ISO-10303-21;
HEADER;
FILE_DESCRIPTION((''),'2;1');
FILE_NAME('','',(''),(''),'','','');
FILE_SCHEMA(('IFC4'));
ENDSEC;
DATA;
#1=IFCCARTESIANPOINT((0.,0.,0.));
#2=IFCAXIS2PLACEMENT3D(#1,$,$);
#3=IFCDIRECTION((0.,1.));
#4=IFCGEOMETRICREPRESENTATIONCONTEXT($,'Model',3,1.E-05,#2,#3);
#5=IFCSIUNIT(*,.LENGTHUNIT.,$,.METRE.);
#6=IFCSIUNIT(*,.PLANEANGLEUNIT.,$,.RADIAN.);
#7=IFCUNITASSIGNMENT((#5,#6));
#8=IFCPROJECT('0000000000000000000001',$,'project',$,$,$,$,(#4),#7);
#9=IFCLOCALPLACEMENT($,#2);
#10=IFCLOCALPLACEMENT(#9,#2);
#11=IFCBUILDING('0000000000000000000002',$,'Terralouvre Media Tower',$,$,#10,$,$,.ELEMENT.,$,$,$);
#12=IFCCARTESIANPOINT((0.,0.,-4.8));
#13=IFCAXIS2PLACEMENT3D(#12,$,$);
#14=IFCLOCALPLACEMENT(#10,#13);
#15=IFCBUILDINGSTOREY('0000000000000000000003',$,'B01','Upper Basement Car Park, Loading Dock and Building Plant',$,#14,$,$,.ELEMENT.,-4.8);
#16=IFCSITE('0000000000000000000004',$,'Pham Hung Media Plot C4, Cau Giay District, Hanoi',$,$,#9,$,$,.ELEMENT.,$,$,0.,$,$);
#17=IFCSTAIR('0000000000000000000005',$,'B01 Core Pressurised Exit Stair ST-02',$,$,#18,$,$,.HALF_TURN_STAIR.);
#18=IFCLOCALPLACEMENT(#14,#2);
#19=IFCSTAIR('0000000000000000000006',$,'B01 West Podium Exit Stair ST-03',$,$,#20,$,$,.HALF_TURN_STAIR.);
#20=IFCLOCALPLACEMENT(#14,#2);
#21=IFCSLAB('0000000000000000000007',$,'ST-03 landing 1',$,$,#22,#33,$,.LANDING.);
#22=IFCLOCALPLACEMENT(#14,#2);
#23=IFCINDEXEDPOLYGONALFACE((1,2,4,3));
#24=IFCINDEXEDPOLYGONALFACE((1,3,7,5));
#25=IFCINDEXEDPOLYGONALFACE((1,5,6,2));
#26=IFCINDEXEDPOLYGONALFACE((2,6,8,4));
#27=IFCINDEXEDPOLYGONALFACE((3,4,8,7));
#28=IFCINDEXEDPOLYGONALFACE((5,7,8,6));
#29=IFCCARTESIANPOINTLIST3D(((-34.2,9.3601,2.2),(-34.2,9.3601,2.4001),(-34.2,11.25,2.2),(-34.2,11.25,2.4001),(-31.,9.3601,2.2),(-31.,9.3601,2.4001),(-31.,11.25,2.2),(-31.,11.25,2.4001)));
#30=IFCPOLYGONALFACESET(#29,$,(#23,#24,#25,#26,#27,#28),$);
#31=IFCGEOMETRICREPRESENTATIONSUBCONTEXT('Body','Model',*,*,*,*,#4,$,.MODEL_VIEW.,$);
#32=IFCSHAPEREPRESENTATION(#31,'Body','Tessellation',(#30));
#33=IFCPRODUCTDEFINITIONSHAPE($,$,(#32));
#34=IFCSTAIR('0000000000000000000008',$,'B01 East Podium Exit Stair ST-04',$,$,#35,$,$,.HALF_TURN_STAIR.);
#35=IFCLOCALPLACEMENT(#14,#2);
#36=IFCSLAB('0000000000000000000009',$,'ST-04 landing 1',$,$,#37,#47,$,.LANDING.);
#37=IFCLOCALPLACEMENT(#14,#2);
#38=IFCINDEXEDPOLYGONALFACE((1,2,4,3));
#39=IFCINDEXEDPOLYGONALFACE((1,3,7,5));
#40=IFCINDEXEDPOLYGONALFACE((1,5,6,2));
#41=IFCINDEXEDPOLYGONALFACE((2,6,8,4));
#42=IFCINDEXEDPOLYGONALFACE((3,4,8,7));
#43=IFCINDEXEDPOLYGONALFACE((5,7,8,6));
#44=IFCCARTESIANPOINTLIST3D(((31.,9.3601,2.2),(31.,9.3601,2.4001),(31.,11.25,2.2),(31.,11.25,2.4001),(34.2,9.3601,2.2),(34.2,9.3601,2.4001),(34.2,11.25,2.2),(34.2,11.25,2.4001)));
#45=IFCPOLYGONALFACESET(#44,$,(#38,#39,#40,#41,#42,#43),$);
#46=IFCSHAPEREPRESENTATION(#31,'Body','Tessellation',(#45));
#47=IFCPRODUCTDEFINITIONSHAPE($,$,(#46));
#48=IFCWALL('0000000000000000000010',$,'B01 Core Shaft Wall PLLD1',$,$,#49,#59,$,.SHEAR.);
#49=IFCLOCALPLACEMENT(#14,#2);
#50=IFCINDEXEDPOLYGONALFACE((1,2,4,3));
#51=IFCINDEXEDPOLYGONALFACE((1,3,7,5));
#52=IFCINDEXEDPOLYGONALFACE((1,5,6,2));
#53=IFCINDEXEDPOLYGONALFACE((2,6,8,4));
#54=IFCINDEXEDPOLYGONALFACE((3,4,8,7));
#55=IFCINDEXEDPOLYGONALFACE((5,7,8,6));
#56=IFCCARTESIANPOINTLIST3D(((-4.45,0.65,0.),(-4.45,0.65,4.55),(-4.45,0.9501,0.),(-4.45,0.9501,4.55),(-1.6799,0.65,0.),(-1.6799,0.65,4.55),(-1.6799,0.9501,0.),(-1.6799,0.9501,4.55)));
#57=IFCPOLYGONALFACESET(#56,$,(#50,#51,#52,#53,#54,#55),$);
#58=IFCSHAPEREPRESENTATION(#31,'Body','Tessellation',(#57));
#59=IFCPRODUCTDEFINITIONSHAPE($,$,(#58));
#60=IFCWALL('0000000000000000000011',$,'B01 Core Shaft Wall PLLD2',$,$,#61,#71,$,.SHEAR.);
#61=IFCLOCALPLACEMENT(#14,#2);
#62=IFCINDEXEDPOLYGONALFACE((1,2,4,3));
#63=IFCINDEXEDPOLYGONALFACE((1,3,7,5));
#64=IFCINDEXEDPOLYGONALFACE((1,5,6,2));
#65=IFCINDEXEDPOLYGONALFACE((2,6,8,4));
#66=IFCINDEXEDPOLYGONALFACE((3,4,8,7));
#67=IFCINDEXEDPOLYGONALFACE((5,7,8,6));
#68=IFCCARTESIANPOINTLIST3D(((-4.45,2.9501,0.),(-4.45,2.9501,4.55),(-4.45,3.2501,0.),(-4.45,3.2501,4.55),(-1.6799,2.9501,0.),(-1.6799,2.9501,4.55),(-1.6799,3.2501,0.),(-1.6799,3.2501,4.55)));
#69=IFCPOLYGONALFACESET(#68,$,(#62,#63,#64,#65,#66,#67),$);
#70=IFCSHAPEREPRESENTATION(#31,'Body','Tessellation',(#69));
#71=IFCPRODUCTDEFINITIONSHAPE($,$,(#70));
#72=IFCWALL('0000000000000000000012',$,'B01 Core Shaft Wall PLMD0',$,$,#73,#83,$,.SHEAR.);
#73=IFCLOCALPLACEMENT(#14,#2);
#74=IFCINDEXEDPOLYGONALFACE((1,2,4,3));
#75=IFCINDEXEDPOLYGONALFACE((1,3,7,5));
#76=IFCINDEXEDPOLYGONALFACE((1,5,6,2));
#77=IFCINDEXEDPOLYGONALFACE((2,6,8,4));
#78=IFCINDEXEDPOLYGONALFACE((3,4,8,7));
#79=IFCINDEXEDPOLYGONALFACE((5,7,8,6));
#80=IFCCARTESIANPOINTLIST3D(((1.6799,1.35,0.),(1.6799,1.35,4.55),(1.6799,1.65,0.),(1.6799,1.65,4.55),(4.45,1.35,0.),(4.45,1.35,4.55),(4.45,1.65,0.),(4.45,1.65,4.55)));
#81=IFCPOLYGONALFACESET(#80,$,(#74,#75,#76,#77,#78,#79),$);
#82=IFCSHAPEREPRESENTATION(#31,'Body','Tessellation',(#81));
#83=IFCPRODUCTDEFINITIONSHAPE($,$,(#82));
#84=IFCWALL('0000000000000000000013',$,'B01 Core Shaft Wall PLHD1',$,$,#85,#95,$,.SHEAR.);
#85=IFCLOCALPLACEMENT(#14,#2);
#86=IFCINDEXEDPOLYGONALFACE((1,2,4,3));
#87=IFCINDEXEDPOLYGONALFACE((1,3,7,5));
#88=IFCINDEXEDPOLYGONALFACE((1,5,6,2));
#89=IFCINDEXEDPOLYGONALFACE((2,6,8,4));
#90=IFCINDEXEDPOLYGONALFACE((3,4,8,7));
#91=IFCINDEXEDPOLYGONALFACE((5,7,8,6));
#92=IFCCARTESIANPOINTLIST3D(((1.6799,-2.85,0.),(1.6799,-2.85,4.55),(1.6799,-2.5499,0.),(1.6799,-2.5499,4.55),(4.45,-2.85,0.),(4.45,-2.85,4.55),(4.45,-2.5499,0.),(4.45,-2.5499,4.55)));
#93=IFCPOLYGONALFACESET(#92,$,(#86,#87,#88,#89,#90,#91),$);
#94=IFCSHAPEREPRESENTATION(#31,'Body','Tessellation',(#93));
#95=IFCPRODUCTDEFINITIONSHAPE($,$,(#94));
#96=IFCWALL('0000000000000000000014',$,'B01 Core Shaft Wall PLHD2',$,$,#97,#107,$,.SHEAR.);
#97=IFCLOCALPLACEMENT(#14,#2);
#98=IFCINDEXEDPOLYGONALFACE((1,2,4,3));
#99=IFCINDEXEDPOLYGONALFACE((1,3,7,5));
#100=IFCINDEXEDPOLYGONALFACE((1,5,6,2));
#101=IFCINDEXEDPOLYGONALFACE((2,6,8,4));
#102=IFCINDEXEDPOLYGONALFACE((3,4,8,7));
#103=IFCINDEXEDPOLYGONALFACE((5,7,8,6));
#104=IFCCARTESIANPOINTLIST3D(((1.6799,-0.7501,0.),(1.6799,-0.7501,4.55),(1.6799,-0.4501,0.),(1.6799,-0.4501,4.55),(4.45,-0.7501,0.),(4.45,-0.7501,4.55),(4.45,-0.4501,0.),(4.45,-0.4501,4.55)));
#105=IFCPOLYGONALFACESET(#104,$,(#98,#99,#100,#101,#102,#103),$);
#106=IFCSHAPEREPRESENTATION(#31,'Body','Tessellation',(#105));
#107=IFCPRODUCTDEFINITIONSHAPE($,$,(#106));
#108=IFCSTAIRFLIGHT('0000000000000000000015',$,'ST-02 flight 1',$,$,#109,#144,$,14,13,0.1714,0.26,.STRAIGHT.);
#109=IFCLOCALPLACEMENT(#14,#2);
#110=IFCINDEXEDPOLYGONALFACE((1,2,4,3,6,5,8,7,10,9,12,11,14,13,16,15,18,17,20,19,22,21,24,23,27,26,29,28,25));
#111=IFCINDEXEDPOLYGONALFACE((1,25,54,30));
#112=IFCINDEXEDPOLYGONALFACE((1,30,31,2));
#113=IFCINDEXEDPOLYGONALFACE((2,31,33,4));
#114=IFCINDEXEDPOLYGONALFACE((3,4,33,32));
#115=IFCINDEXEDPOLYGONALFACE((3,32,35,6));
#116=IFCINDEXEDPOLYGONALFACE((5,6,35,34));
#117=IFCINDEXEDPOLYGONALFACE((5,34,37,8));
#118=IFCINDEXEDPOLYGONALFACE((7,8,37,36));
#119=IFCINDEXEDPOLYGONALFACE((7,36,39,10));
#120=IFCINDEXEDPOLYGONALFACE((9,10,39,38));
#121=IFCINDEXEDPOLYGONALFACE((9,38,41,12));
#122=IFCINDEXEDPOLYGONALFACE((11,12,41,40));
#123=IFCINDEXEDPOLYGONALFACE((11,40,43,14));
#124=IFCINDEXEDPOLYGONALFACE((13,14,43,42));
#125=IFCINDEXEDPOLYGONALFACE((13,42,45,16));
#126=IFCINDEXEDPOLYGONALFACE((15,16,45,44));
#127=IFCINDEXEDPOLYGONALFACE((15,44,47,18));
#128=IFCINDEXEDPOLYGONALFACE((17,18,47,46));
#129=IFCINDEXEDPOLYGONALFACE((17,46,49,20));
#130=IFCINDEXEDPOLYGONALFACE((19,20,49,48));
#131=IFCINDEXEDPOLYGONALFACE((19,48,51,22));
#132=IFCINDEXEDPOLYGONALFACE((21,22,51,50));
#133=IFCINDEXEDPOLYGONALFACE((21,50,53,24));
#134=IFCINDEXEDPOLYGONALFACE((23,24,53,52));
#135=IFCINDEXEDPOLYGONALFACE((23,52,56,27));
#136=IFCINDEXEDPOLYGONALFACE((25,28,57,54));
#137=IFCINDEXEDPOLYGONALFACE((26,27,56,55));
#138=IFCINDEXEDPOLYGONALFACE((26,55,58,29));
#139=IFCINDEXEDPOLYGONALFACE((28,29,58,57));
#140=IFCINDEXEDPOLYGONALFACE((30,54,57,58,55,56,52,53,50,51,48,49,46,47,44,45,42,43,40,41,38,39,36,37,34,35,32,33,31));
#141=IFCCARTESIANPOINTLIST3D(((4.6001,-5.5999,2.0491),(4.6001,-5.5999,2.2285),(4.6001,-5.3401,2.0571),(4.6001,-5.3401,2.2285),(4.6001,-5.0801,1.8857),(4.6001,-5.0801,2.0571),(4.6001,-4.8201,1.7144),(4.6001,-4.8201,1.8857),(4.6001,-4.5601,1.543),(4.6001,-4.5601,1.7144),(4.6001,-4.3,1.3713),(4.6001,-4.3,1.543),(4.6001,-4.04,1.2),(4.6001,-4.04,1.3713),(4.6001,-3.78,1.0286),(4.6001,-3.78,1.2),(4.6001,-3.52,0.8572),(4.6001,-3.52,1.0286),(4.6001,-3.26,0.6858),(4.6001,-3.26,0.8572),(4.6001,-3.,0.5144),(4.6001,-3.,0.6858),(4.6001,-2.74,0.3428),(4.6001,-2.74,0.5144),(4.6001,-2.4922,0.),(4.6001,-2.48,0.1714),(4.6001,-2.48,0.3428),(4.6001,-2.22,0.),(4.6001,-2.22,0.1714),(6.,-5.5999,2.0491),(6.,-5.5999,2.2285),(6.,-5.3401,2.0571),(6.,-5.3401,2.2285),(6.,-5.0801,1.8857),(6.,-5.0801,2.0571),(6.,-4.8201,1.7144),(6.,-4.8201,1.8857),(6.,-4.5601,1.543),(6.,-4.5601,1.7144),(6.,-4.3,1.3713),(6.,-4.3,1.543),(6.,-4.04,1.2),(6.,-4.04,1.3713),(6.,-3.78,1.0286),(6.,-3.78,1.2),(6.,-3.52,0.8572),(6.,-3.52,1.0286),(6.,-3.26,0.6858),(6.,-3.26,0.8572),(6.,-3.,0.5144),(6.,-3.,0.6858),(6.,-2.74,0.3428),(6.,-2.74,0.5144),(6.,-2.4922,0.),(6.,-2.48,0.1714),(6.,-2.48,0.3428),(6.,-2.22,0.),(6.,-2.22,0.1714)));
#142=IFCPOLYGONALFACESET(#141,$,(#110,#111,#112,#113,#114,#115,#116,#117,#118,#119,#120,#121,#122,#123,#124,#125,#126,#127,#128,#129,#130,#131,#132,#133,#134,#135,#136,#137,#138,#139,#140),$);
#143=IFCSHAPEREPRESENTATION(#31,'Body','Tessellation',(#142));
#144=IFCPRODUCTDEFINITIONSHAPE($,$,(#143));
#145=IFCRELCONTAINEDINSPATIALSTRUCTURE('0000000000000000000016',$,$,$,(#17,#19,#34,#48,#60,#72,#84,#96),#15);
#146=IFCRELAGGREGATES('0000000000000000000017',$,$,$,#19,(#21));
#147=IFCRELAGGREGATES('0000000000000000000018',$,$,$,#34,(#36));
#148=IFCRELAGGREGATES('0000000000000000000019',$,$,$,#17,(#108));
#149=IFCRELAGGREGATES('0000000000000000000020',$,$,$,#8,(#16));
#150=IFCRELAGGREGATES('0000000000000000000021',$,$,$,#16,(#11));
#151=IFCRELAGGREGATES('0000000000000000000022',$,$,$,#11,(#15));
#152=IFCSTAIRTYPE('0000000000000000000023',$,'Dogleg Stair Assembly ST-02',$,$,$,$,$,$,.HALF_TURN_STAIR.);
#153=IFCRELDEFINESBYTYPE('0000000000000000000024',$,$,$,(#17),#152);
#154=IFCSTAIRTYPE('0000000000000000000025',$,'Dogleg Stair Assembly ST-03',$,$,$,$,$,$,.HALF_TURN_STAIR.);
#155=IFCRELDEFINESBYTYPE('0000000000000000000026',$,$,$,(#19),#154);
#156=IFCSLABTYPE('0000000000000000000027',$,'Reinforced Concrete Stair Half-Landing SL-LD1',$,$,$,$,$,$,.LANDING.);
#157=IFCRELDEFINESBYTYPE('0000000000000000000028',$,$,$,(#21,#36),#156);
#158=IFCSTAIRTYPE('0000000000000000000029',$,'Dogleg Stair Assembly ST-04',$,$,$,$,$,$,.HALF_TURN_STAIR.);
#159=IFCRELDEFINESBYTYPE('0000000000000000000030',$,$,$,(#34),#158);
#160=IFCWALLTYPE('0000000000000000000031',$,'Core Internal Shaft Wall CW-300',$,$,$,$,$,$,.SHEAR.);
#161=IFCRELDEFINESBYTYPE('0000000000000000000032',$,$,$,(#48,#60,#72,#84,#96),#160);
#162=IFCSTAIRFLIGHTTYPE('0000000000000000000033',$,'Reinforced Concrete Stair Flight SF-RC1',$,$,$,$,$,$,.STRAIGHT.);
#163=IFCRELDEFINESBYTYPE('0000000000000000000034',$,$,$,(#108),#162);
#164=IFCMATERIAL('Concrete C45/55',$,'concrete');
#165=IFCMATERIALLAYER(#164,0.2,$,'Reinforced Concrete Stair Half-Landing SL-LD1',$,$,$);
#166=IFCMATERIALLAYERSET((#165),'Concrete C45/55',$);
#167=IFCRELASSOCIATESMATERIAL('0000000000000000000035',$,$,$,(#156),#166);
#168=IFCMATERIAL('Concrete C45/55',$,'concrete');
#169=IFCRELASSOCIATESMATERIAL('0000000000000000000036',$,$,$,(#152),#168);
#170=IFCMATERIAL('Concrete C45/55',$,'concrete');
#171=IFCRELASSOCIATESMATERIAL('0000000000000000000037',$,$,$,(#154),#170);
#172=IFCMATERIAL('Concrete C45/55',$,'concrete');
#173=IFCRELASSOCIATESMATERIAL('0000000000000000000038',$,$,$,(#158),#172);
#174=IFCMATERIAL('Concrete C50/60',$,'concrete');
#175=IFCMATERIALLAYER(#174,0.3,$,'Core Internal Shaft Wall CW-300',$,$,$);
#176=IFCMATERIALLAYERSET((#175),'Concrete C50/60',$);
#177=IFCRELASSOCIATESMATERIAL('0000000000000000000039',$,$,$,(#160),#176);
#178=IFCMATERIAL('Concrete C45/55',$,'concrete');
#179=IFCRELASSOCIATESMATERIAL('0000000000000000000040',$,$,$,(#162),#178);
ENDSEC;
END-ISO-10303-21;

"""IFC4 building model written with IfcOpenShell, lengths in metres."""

from ifc_helpers import new_model, si_unit, direction, frame, frame_2d, origin, place, context, subcontext, project, spatial, polyline, rectangle, outline, extrude, material, layer, layer_set, type_object, element, aggregate, save


model = new_model("IFC4")

# Units and contexts
model_context = context("Model", 3, precision=1e-05, world=origin(), true_north=direction((0.0, 1.0)))
body_context = subcontext(model_context, "Body", "Model", "MODEL_VIEW")
ifc_project = project(units=[si_unit("LENGTHUNIT", "METRE"), si_unit("PLANEANGLEUNIT", "RADIAN")], contexts=[model_context])

# Site, building, storey
site_placement = place(None, origin())
site = spatial("IfcSite", under=ifc_project, at=site_placement, Name="Pham Hung Media Plot C4, Cau Giay District, Hanoi", CompositionType="ELEMENT", RefElevation=0.0)
building_placement = place(site_placement, origin())
building = spatial("IfcBuilding", under=site, at=building_placement, Name="Terralouvre Media Tower", CompositionType="ELEMENT")
storey_placement = place(building_placement, frame((0.0, 0.0, -4.8)))
storey = spatial("IfcBuildingStorey", under=building, at=storey_placement, Name="B01", Description="Upper Basement Car Park, Loading Dock and Building Plant", CompositionType="ELEMENT", Elevation=-4.8)

# Stairs, slabs
ifc_material_1 = material(Name="Concrete C45/55", Category="concrete")
ifc_layer_1 = layer(ifc_material_1, 0.2, Name="Reinforced Concrete Stair Half-Landing SL-LD1")
ifc_layer_set_1 = layer_set([ifc_layer_1], Name="Concrete C45/55")
slab_type_1 = type_object("IfcSlabType", Name="Reinforced Concrete Stair Half-Landing SL-LD1", PredefinedType="LANDING", material=ifc_layer_set_1)
ifc_material_2 = material(Name="Concrete C45/55", Category="concrete")
stair_type_1 = type_object("IfcStairType", Name="Dogleg Stair Assembly ST-02", PredefinedType="HALF_TURN_STAIR", material=ifc_material_2)
stair_1_placement = place(storey_placement, origin())
stair_1 = element("IfcStair", 1, at=stair_1_placement, inside=storey, type_object=stair_type_1, Name="B01 Core Pressurised Exit Stair ST-02", PredefinedType="HALF_TURN_STAIR")
ifc_material_3 = material(Name="Concrete C45/55", Category="concrete")
stair_type_2 = type_object("IfcStairType", Name="Dogleg Stair Assembly ST-03", PredefinedType="HALF_TURN_STAIR", material=ifc_material_3)
stair_2_placement = place(storey_placement, origin())
stair_2 = element("IfcStair", 2, at=stair_2_placement, inside=storey, type_object=stair_type_2, Name="B01 West Podium Exit Stair ST-03", PredefinedType="HALF_TURN_STAIR")
slab_1_placement = place(storey_placement, frame((0.0, 0.0, 2.2)))
slab_1 = element("IfcSlab", 3, at=slab_1_placement, type_object=slab_type_1, Name="ST-03 landing 1", PredefinedType="LANDING", context=body_context, shape_type="SweptSolid", body=[
    extrude(outline(polyline([(-31.0, 9.3601), (-31.0, 11.25), (-34.2, 11.25), (-34.2, 9.3601), (-31.0, 9.3601)])), origin(), (0.0, 0.0, 1.0), 0.2002),
])
aggregate(stair_2, [slab_1])
ifc_material_4 = material(Name="Concrete C45/55", Category="concrete")
stair_type_3 = type_object("IfcStairType", Name="Dogleg Stair Assembly ST-04", PredefinedType="HALF_TURN_STAIR", material=ifc_material_4)
stair_3_placement = place(storey_placement, origin())
stair_3 = element("IfcStair", 4, at=stair_3_placement, inside=storey, type_object=stair_type_3, Name="B01 East Podium Exit Stair ST-04", PredefinedType="HALF_TURN_STAIR")
slab_2_placement = place(storey_placement, frame((0.0, 0.0, 2.2)))
slab_2 = element("IfcSlab", 5, at=slab_2_placement, type_object=slab_type_1, Name="ST-04 landing 1", PredefinedType="LANDING", context=body_context, shape_type="SweptSolid", body=[
    extrude(outline(polyline([(34.2, 9.3601), (34.2, 11.25), (31.0, 11.25), (31.0, 9.3601), (34.2, 9.3601)])), origin(), (0.0, 0.0, 1.0), 0.2002),
])
aggregate(stair_3, [slab_2])

# Shared definitions
ifc_material_5 = material(Name="Concrete C50/60", Category="concrete")
ifc_layer_2 = layer(ifc_material_5, 0.3, Name="Core Internal Shaft Wall CW-300")
ifc_layer_set_2 = layer_set([ifc_layer_2], Name="Concrete C50/60")
wall_type = type_object("IfcWallType", Name="Core Internal Shaft Wall CW-300", PredefinedType="SHEAR", material=ifc_layer_set_2)

# Walls
for number, where, z_axis, x_axis, name in (
    (6, (-4.45, 0.8, 0.0), (0.0, 0.0, 1.0), (1.0, 0.0, 0.0), "B01 Core Shaft Wall PLLD1"),
    (7, (-4.45, 3.1001, 0.0), (0.0, 0.0, 1.0), (1.0, 0.0, 0.0), "B01 Core Shaft Wall PLLD2"),
    (8, (1.6799, 1.5, 0.0), (0.0, 0.0, 1.0), (1.0, 0.0, 0.0), "B01 Core Shaft Wall PLMD0"),
    (9, (1.6799, -2.7, 0.0), (0.0, 0.0, 1.0), (1.0, 0.0, 0.0), "B01 Core Shaft Wall PLHD1"),
    (10, (1.6799, -0.6001, 0.0), (0.0, 0.0, 1.0), (1.0, 0.0, 0.0), "B01 Core Shaft Wall PLHD2"),
):
    element("IfcWall", number, at=place(storey_placement, frame(where, z_axis=z_axis, x_axis=x_axis)), inside=storey, type_object=wall_type, Name=name, PredefinedType="SHEAR", context=body_context, shape_type="SweptSolid", body=[
        extrude(rectangle(XDim=2.77, YDim=0.3, at=frame_2d((1.385, 0.0))), origin(), (0.0, 0.0, 1.0), 4.55),
    ])

# Stair flight
ifc_material_6 = material(Name="Concrete C45/55", Category="concrete")
stair_flight_type = type_object("IfcStairFlightType", Name="Reinforced Concrete Stair Flight SF-RC1", PredefinedType="STRAIGHT", material=ifc_material_6)
stair_flight_placement = place(storey_placement, frame((5.3, -2.22, 0.0), z_axis=(0.0, 0.0, 1.0), x_axis=(0.0, -1.0, 0.0)))
stair_flight = element("IfcStairFlight", 11, at=stair_flight_placement, type_object=stair_flight_type, Name="ST-02 flight 1", NumberOfRisers=14, NumberOfTreads=13, PredefinedType="STRAIGHT", RiserHeight=0.1714, TreadLength=0.26, context=body_context, shape_type="SweptSolid", body=[
    extrude(outline(polyline([(0.0, 0.0), (0.0, 0.1714), (0.26, 0.1714), (0.26, 0.3428), (0.52, 0.3428), (0.52, 0.5144), (0.78, 0.5144), (0.78, 0.6858), (1.04, 0.6858), (1.04, 0.8572), (1.3, 0.8572), (1.3, 1.0286), (1.5601, 1.0286), (1.5601, 1.2), (1.8201, 1.2), (1.8201, 1.3713), (2.0801, 1.3713), (2.0801, 1.543), (2.3401, 1.543), (2.3401, 1.7144), (2.6001, 1.7144), (2.6001, 1.8857), (2.8601, 1.8857), (2.8601, 2.0571), (3.1201, 2.0571), (3.1201, 2.2285), (3.3799, 2.2285), (3.3799, 2.3999), (3.3799, 2.0491), (0.2722, 0.0), (0.0, 0.0)])), frame((0.0, 0.7, 0.0), z_axis=(0.0, -1.0, 0.0), x_axis=(1.0, 0.0, 0.0)), (0.0, 0.0, 1.0), 1.3999),
])
aggregate(stair_1, [stair_flight])

save(model, "model.ifc")
